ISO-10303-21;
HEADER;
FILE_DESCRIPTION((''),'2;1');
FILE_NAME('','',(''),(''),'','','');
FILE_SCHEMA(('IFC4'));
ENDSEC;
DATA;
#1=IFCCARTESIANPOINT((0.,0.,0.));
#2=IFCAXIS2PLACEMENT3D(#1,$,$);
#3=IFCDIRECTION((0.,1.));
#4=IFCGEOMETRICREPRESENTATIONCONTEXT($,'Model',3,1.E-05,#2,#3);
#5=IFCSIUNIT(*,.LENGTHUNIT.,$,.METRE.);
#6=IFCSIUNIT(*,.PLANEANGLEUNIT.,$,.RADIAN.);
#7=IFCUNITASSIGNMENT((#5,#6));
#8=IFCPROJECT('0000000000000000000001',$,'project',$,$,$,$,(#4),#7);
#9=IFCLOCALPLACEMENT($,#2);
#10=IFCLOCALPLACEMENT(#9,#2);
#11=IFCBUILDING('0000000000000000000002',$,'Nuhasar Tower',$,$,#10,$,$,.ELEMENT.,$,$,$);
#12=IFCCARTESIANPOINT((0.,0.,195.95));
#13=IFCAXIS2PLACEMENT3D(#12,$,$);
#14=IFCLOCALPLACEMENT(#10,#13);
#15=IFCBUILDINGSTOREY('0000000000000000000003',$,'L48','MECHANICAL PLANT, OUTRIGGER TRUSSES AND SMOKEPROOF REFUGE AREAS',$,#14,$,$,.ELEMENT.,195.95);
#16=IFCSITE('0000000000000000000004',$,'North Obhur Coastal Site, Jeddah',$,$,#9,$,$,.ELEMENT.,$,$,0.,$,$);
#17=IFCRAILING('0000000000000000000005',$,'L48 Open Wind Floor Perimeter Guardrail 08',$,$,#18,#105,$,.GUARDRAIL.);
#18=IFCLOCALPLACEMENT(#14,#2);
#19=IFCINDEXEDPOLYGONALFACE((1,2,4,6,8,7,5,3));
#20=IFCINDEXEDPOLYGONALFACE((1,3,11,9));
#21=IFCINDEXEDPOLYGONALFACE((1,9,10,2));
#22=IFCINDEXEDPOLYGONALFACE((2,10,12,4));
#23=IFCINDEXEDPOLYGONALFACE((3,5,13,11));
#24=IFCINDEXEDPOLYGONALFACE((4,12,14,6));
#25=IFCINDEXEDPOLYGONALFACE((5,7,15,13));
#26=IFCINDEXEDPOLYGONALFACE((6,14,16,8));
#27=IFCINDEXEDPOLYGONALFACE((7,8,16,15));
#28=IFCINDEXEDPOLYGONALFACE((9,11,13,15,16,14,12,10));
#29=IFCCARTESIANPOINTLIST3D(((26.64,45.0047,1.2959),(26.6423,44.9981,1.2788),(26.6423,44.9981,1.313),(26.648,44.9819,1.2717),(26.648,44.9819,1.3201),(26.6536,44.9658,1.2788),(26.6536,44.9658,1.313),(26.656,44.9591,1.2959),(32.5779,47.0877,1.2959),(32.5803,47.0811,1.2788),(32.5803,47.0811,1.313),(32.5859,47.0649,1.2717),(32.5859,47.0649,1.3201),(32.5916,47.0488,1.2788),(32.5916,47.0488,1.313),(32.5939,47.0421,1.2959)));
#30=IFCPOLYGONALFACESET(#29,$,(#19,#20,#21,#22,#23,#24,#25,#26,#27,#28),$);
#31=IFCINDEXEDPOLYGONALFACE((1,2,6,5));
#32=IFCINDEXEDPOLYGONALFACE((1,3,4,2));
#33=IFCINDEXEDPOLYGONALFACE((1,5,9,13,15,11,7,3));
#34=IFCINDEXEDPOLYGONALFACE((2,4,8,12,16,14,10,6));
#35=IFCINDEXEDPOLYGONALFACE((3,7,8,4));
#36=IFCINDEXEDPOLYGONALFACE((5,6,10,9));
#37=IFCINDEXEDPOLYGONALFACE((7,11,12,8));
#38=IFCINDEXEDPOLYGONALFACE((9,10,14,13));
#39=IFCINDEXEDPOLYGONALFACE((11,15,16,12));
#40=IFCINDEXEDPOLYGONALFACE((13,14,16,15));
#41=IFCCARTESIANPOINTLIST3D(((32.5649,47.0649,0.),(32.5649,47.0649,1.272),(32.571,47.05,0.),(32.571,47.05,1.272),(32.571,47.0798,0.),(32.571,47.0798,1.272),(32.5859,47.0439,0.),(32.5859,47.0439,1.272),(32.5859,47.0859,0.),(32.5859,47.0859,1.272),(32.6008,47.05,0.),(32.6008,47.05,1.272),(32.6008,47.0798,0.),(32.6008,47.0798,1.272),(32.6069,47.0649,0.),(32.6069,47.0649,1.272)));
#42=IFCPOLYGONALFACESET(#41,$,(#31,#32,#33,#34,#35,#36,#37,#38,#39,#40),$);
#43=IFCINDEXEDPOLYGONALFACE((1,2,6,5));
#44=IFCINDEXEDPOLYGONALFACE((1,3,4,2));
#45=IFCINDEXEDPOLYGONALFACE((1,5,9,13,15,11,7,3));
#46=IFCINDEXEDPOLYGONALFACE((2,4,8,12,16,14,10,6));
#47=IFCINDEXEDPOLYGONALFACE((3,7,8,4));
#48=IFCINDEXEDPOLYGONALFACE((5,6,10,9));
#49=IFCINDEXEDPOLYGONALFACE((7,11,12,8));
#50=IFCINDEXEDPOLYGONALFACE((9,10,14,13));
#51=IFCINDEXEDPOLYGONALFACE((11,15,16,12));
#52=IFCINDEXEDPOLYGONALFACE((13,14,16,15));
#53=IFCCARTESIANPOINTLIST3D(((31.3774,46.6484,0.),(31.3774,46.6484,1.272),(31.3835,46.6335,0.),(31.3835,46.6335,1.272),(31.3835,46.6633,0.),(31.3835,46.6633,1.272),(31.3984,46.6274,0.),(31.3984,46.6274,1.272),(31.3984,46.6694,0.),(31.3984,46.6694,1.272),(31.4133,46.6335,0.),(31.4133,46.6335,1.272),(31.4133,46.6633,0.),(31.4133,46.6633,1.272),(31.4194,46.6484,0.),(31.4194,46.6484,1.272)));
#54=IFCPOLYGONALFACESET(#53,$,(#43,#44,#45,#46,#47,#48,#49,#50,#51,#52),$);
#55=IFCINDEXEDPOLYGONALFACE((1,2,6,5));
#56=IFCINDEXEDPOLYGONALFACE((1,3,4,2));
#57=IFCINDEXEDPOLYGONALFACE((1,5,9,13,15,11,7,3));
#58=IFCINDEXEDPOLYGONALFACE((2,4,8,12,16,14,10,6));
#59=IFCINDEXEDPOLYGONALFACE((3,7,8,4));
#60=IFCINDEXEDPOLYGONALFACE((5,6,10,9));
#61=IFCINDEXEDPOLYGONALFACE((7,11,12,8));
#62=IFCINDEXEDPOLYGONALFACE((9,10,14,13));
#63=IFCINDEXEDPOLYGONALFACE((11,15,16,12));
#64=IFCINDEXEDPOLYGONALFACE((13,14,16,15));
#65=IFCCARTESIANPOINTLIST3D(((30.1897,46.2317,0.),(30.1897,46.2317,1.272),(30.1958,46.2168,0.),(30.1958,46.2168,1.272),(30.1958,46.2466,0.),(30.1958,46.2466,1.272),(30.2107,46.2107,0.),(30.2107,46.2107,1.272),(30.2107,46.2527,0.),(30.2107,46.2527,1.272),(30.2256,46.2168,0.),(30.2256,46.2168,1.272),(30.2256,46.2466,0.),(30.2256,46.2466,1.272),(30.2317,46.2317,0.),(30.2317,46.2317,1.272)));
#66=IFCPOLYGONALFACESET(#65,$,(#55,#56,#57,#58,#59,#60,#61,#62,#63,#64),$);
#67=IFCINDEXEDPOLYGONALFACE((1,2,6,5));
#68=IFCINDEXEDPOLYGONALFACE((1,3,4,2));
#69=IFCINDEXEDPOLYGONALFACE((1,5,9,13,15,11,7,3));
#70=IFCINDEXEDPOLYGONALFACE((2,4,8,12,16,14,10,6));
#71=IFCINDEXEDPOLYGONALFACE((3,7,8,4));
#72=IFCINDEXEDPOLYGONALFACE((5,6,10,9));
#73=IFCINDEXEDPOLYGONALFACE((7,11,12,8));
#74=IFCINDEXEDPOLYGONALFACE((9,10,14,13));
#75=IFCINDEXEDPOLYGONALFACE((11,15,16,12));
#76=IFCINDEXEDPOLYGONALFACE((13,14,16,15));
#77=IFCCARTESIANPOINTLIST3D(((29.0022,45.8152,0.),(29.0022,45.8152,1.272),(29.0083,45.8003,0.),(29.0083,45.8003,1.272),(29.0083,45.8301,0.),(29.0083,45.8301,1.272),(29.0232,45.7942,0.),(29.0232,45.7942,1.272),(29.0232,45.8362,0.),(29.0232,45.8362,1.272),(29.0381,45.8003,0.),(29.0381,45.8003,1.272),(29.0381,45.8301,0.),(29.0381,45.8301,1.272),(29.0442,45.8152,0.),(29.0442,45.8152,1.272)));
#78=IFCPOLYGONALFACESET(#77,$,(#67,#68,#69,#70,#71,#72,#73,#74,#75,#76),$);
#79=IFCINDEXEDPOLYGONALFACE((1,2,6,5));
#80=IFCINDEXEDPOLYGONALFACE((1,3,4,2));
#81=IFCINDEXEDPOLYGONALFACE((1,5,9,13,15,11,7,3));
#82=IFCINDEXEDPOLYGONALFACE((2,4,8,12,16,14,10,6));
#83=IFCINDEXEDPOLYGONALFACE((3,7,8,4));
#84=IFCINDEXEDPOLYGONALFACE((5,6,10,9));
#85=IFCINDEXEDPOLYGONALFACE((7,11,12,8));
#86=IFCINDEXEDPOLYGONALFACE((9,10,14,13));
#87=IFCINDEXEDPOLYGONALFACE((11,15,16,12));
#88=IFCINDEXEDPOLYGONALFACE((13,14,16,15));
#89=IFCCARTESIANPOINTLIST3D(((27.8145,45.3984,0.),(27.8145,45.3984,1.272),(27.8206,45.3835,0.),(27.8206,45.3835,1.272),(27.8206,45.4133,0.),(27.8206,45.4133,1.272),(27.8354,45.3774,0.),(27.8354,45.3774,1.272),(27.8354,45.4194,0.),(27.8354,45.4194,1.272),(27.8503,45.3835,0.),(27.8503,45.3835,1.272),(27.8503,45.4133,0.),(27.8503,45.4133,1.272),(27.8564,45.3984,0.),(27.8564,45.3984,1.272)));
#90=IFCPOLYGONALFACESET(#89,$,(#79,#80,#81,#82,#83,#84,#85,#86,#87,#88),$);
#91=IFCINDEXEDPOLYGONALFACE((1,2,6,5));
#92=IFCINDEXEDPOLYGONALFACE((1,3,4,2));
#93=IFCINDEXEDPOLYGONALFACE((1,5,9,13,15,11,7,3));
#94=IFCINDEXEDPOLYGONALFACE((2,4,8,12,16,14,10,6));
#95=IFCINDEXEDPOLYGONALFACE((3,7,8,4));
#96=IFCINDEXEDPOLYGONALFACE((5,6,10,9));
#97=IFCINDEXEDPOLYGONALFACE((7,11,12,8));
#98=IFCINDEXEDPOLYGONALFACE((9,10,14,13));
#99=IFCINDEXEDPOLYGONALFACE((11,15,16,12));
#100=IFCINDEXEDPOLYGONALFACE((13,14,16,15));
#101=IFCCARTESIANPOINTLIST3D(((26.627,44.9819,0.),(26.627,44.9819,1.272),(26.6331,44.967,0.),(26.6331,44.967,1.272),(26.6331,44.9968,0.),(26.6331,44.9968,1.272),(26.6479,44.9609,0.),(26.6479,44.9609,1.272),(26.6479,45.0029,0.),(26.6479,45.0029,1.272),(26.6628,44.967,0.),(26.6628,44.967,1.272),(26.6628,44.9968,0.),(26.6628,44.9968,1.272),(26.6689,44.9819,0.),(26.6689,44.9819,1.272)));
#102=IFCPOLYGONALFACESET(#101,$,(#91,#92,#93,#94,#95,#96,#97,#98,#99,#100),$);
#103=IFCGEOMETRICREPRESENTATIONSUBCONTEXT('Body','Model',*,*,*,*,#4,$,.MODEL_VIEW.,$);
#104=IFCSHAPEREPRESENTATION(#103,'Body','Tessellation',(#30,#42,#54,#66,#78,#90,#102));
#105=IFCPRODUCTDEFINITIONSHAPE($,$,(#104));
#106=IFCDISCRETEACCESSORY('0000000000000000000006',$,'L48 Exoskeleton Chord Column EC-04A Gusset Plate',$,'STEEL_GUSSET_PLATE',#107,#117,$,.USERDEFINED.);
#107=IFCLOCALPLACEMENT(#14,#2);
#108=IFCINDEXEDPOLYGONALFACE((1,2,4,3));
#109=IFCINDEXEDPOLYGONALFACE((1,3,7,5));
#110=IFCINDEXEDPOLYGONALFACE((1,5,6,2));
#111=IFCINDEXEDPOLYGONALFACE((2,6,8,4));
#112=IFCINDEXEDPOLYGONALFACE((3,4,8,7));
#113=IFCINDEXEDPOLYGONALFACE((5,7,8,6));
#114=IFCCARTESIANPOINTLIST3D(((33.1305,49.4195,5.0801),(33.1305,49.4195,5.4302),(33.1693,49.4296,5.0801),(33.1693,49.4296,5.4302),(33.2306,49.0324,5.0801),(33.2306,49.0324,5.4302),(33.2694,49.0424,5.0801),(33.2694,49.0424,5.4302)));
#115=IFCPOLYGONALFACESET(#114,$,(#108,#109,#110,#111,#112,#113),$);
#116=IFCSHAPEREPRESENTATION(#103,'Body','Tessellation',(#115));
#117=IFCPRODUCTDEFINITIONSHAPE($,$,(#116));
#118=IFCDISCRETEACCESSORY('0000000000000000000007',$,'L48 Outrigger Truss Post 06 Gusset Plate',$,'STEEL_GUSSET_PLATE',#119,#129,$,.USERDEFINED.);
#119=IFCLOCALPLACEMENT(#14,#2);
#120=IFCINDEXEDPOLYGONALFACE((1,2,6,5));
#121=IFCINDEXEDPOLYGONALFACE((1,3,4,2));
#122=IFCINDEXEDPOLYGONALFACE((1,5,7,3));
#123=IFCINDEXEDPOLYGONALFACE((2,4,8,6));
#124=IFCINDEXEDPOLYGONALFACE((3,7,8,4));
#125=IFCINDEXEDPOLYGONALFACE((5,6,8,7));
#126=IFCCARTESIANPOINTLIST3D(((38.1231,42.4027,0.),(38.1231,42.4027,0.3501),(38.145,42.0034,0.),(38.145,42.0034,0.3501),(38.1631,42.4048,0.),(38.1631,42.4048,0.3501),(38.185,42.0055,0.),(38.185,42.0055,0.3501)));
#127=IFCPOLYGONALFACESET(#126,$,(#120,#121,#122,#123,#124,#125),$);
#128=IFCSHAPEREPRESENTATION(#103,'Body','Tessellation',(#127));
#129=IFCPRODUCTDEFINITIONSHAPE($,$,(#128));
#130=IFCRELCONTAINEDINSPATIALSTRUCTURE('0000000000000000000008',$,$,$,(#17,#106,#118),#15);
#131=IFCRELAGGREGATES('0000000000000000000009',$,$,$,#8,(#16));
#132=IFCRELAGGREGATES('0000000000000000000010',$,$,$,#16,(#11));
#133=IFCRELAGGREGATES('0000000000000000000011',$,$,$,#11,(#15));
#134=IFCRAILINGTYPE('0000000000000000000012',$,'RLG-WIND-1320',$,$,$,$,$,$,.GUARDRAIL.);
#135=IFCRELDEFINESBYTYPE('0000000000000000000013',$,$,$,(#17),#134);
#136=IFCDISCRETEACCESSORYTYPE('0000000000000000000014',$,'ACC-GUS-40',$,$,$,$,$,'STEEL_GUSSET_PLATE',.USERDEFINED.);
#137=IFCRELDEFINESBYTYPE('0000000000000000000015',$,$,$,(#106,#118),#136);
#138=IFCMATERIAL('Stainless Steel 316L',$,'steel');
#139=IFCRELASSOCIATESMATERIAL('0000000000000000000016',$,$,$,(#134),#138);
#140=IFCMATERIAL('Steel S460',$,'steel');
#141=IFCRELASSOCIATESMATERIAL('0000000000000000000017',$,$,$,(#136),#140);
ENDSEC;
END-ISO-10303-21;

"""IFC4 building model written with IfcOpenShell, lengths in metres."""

from ifc_helpers import new_model, si_unit, direction, frame, origin, origin_2d, place, context, subcontext, project, spatial, polyline, rectangle, outline, extrude, material, type_object, element, save


model = new_model("IFC4")

# Units and contexts
model_context = context("Model", 3, precision=1e-05, world=origin(), true_north=direction((0.0, 1.0)))
body_context = subcontext(model_context, "Body", "Model", "MODEL_VIEW")
ifc_project = project(units=[si_unit("LENGTHUNIT", "METRE"), si_unit("PLANEANGLEUNIT", "RADIAN")], contexts=[model_context])

# Site, building, storey
site_placement = place(None, origin())
site = spatial("IfcSite", under=ifc_project, at=site_placement, Name="North Obhur Coastal Site, Jeddah", CompositionType="ELEMENT", RefElevation=0.0)
building_placement = place(site_placement, origin())
building = spatial("IfcBuilding", under=site, at=building_placement, Name="Nuhasar Tower", CompositionType="ELEMENT")
storey_placement = place(building_placement, frame((0.0, 0.0, 195.95)))
storey = spatial("IfcBuildingStorey", under=building, at=storey_placement, Name="L48", Description="MECHANICAL PLANT, OUTRIGGER TRUSSES AND SMOKEPROOF REFUGE AREAS", CompositionType="ELEMENT", Elevation=195.95)

# Shared definitions
ifc_material_1 = material(Name="Steel S460", Category="steel")

# Railing
ifc_material_2 = material(Name="Stainless Steel 316L", Category="steel")
railing_type_1 = type_object("IfcRailingType", Name="RLG-WIND-1320", PredefinedType="GUARDRAIL", material=ifc_material_2)
railing_1_placement = place(storey_placement, frame((32.5859, 47.0649, 0.0)))
element("IfcRailing", 1, at=railing_1_placement, inside=storey, type_object=railing_type_1, Name="L48 Open Wind Floor Perimeter Guardrail 08", PredefinedType="GUARDRAIL", context=body_context, shape_type="SweptSolid", body=[
    extrude(outline(polyline([(0.0242, 0.0), (0.0171, 0.0171), (0.0, 0.0242), (-0.0171, 0.0171), (-0.0242, 0.0), (-0.0171, -0.0171), (0.0, -0.0242), (0.0171, -0.0171), (0.0242, 0.0)])), frame((0.0, 0.0, 1.2959), z_axis=(-0.943625, -0.331017, 0.0), x_axis=(0.331017, -0.943625, 0.0)), (0.0, 0.0, 1.0), 6.2927),
    extrude(outline(polyline([(0.021, 0.0), (0.0149, 0.0149), (0.0, 0.021), (-0.0149, 0.0149), (-0.021, 0.0), (-0.0149, -0.0149), (0.0, -0.021), (0.0149, -0.0149), (0.021, 0.0)])), origin(), (0.0, 0.0, 1.0), 1.272),
    extrude(outline(polyline([(0.021, 0.0), (0.0149, 0.0149), (0.0, 0.021), (-0.0149, 0.0149), (-0.021, 0.0), (-0.0149, -0.0149), (0.0, -0.021), (0.0149, -0.0149), (0.021, 0.0)])), frame((-1.1875, -0.4165, 0.0)), (0.0, 0.0, 1.0), 1.272),
    extrude(outline(polyline([(0.021, 0.0), (0.0149, 0.0149), (0.0, 0.021), (-0.0149, 0.0149), (-0.021, 0.0), (-0.0149, -0.0149), (0.0, -0.021), (0.0149, -0.0149), (0.021, 0.0)])), frame((-2.3752, -0.8333, 0.0)), (0.0, 0.0, 1.0), 1.272),
    extrude(outline(polyline([(0.021, 0.0), (0.0149, 0.0149), (0.0, 0.021), (-0.0149, 0.0149), (-0.021, 0.0), (-0.0149, -0.0149), (0.0, -0.021), (0.0149, -0.0149), (0.021, 0.0)])), frame((-3.5627, -1.2498, 0.0)), (0.0, 0.0, 1.0), 1.272),
    extrude(outline(polyline([(0.021, 0.0), (0.0149, 0.0149), (0.0, 0.021), (-0.0149, 0.0149), (-0.021, 0.0), (-0.0149, -0.0149), (0.0, -0.021), (0.0149, -0.0149), (0.021, 0.0)])), frame((-4.7505, -1.6665, 0.0)), (0.0, 0.0, 1.0), 1.272),
    extrude(outline(polyline([(0.021, 0.0), (0.0149, 0.0149), (0.0, 0.021), (-0.0149, 0.0149), (-0.021, 0.0), (-0.0149, -0.0149), (0.0, -0.021), (0.0149, -0.0149), (0.021, 0.0)])), frame((-5.938, -2.083, 0.0)), (0.0, 0.0, 1.0), 1.272),
])

# Discrete accessories
discrete_accessory_type = type_object("IfcDiscreteAccessoryType", Name="ACC-GUS-40", ElementType="STEEL_GUSSET_PLATE", PredefinedType="USERDEFINED", material=ifc_material_1)
for number, where, z_axis, x_axis, name in (
    (2, (33.2, 49.231, 5.0801), (0.0, 0.0, 1.0), (-0.250346, 0.968156, 0.0), "L48 Exoskeleton Chord Column EC-04A Gusset Plate"),
    (3, (38.1541, 42.2041, 0.0), (0.0, 0.0, 1.0), (-0.054828, 0.998496, 0.0), "L48 Outrigger Truss Post 06 Gusset Plate"),
):
    element("IfcDiscreteAccessory", number, at=place(storey_placement, frame(where, z_axis=z_axis, x_axis=x_axis)), inside=storey, type_object=discrete_accessory_type, Name=name, ObjectType="STEEL_GUSSET_PLATE", PredefinedType="USERDEFINED", context=body_context, shape_type="SweptSolid", body=[
        extrude(rectangle(XDim=0.3999, YDim=0.04, at=origin_2d()), origin(), (0.0, 0.0, 1.0), 0.3501),
    ])

save(model, "model.ifc")
